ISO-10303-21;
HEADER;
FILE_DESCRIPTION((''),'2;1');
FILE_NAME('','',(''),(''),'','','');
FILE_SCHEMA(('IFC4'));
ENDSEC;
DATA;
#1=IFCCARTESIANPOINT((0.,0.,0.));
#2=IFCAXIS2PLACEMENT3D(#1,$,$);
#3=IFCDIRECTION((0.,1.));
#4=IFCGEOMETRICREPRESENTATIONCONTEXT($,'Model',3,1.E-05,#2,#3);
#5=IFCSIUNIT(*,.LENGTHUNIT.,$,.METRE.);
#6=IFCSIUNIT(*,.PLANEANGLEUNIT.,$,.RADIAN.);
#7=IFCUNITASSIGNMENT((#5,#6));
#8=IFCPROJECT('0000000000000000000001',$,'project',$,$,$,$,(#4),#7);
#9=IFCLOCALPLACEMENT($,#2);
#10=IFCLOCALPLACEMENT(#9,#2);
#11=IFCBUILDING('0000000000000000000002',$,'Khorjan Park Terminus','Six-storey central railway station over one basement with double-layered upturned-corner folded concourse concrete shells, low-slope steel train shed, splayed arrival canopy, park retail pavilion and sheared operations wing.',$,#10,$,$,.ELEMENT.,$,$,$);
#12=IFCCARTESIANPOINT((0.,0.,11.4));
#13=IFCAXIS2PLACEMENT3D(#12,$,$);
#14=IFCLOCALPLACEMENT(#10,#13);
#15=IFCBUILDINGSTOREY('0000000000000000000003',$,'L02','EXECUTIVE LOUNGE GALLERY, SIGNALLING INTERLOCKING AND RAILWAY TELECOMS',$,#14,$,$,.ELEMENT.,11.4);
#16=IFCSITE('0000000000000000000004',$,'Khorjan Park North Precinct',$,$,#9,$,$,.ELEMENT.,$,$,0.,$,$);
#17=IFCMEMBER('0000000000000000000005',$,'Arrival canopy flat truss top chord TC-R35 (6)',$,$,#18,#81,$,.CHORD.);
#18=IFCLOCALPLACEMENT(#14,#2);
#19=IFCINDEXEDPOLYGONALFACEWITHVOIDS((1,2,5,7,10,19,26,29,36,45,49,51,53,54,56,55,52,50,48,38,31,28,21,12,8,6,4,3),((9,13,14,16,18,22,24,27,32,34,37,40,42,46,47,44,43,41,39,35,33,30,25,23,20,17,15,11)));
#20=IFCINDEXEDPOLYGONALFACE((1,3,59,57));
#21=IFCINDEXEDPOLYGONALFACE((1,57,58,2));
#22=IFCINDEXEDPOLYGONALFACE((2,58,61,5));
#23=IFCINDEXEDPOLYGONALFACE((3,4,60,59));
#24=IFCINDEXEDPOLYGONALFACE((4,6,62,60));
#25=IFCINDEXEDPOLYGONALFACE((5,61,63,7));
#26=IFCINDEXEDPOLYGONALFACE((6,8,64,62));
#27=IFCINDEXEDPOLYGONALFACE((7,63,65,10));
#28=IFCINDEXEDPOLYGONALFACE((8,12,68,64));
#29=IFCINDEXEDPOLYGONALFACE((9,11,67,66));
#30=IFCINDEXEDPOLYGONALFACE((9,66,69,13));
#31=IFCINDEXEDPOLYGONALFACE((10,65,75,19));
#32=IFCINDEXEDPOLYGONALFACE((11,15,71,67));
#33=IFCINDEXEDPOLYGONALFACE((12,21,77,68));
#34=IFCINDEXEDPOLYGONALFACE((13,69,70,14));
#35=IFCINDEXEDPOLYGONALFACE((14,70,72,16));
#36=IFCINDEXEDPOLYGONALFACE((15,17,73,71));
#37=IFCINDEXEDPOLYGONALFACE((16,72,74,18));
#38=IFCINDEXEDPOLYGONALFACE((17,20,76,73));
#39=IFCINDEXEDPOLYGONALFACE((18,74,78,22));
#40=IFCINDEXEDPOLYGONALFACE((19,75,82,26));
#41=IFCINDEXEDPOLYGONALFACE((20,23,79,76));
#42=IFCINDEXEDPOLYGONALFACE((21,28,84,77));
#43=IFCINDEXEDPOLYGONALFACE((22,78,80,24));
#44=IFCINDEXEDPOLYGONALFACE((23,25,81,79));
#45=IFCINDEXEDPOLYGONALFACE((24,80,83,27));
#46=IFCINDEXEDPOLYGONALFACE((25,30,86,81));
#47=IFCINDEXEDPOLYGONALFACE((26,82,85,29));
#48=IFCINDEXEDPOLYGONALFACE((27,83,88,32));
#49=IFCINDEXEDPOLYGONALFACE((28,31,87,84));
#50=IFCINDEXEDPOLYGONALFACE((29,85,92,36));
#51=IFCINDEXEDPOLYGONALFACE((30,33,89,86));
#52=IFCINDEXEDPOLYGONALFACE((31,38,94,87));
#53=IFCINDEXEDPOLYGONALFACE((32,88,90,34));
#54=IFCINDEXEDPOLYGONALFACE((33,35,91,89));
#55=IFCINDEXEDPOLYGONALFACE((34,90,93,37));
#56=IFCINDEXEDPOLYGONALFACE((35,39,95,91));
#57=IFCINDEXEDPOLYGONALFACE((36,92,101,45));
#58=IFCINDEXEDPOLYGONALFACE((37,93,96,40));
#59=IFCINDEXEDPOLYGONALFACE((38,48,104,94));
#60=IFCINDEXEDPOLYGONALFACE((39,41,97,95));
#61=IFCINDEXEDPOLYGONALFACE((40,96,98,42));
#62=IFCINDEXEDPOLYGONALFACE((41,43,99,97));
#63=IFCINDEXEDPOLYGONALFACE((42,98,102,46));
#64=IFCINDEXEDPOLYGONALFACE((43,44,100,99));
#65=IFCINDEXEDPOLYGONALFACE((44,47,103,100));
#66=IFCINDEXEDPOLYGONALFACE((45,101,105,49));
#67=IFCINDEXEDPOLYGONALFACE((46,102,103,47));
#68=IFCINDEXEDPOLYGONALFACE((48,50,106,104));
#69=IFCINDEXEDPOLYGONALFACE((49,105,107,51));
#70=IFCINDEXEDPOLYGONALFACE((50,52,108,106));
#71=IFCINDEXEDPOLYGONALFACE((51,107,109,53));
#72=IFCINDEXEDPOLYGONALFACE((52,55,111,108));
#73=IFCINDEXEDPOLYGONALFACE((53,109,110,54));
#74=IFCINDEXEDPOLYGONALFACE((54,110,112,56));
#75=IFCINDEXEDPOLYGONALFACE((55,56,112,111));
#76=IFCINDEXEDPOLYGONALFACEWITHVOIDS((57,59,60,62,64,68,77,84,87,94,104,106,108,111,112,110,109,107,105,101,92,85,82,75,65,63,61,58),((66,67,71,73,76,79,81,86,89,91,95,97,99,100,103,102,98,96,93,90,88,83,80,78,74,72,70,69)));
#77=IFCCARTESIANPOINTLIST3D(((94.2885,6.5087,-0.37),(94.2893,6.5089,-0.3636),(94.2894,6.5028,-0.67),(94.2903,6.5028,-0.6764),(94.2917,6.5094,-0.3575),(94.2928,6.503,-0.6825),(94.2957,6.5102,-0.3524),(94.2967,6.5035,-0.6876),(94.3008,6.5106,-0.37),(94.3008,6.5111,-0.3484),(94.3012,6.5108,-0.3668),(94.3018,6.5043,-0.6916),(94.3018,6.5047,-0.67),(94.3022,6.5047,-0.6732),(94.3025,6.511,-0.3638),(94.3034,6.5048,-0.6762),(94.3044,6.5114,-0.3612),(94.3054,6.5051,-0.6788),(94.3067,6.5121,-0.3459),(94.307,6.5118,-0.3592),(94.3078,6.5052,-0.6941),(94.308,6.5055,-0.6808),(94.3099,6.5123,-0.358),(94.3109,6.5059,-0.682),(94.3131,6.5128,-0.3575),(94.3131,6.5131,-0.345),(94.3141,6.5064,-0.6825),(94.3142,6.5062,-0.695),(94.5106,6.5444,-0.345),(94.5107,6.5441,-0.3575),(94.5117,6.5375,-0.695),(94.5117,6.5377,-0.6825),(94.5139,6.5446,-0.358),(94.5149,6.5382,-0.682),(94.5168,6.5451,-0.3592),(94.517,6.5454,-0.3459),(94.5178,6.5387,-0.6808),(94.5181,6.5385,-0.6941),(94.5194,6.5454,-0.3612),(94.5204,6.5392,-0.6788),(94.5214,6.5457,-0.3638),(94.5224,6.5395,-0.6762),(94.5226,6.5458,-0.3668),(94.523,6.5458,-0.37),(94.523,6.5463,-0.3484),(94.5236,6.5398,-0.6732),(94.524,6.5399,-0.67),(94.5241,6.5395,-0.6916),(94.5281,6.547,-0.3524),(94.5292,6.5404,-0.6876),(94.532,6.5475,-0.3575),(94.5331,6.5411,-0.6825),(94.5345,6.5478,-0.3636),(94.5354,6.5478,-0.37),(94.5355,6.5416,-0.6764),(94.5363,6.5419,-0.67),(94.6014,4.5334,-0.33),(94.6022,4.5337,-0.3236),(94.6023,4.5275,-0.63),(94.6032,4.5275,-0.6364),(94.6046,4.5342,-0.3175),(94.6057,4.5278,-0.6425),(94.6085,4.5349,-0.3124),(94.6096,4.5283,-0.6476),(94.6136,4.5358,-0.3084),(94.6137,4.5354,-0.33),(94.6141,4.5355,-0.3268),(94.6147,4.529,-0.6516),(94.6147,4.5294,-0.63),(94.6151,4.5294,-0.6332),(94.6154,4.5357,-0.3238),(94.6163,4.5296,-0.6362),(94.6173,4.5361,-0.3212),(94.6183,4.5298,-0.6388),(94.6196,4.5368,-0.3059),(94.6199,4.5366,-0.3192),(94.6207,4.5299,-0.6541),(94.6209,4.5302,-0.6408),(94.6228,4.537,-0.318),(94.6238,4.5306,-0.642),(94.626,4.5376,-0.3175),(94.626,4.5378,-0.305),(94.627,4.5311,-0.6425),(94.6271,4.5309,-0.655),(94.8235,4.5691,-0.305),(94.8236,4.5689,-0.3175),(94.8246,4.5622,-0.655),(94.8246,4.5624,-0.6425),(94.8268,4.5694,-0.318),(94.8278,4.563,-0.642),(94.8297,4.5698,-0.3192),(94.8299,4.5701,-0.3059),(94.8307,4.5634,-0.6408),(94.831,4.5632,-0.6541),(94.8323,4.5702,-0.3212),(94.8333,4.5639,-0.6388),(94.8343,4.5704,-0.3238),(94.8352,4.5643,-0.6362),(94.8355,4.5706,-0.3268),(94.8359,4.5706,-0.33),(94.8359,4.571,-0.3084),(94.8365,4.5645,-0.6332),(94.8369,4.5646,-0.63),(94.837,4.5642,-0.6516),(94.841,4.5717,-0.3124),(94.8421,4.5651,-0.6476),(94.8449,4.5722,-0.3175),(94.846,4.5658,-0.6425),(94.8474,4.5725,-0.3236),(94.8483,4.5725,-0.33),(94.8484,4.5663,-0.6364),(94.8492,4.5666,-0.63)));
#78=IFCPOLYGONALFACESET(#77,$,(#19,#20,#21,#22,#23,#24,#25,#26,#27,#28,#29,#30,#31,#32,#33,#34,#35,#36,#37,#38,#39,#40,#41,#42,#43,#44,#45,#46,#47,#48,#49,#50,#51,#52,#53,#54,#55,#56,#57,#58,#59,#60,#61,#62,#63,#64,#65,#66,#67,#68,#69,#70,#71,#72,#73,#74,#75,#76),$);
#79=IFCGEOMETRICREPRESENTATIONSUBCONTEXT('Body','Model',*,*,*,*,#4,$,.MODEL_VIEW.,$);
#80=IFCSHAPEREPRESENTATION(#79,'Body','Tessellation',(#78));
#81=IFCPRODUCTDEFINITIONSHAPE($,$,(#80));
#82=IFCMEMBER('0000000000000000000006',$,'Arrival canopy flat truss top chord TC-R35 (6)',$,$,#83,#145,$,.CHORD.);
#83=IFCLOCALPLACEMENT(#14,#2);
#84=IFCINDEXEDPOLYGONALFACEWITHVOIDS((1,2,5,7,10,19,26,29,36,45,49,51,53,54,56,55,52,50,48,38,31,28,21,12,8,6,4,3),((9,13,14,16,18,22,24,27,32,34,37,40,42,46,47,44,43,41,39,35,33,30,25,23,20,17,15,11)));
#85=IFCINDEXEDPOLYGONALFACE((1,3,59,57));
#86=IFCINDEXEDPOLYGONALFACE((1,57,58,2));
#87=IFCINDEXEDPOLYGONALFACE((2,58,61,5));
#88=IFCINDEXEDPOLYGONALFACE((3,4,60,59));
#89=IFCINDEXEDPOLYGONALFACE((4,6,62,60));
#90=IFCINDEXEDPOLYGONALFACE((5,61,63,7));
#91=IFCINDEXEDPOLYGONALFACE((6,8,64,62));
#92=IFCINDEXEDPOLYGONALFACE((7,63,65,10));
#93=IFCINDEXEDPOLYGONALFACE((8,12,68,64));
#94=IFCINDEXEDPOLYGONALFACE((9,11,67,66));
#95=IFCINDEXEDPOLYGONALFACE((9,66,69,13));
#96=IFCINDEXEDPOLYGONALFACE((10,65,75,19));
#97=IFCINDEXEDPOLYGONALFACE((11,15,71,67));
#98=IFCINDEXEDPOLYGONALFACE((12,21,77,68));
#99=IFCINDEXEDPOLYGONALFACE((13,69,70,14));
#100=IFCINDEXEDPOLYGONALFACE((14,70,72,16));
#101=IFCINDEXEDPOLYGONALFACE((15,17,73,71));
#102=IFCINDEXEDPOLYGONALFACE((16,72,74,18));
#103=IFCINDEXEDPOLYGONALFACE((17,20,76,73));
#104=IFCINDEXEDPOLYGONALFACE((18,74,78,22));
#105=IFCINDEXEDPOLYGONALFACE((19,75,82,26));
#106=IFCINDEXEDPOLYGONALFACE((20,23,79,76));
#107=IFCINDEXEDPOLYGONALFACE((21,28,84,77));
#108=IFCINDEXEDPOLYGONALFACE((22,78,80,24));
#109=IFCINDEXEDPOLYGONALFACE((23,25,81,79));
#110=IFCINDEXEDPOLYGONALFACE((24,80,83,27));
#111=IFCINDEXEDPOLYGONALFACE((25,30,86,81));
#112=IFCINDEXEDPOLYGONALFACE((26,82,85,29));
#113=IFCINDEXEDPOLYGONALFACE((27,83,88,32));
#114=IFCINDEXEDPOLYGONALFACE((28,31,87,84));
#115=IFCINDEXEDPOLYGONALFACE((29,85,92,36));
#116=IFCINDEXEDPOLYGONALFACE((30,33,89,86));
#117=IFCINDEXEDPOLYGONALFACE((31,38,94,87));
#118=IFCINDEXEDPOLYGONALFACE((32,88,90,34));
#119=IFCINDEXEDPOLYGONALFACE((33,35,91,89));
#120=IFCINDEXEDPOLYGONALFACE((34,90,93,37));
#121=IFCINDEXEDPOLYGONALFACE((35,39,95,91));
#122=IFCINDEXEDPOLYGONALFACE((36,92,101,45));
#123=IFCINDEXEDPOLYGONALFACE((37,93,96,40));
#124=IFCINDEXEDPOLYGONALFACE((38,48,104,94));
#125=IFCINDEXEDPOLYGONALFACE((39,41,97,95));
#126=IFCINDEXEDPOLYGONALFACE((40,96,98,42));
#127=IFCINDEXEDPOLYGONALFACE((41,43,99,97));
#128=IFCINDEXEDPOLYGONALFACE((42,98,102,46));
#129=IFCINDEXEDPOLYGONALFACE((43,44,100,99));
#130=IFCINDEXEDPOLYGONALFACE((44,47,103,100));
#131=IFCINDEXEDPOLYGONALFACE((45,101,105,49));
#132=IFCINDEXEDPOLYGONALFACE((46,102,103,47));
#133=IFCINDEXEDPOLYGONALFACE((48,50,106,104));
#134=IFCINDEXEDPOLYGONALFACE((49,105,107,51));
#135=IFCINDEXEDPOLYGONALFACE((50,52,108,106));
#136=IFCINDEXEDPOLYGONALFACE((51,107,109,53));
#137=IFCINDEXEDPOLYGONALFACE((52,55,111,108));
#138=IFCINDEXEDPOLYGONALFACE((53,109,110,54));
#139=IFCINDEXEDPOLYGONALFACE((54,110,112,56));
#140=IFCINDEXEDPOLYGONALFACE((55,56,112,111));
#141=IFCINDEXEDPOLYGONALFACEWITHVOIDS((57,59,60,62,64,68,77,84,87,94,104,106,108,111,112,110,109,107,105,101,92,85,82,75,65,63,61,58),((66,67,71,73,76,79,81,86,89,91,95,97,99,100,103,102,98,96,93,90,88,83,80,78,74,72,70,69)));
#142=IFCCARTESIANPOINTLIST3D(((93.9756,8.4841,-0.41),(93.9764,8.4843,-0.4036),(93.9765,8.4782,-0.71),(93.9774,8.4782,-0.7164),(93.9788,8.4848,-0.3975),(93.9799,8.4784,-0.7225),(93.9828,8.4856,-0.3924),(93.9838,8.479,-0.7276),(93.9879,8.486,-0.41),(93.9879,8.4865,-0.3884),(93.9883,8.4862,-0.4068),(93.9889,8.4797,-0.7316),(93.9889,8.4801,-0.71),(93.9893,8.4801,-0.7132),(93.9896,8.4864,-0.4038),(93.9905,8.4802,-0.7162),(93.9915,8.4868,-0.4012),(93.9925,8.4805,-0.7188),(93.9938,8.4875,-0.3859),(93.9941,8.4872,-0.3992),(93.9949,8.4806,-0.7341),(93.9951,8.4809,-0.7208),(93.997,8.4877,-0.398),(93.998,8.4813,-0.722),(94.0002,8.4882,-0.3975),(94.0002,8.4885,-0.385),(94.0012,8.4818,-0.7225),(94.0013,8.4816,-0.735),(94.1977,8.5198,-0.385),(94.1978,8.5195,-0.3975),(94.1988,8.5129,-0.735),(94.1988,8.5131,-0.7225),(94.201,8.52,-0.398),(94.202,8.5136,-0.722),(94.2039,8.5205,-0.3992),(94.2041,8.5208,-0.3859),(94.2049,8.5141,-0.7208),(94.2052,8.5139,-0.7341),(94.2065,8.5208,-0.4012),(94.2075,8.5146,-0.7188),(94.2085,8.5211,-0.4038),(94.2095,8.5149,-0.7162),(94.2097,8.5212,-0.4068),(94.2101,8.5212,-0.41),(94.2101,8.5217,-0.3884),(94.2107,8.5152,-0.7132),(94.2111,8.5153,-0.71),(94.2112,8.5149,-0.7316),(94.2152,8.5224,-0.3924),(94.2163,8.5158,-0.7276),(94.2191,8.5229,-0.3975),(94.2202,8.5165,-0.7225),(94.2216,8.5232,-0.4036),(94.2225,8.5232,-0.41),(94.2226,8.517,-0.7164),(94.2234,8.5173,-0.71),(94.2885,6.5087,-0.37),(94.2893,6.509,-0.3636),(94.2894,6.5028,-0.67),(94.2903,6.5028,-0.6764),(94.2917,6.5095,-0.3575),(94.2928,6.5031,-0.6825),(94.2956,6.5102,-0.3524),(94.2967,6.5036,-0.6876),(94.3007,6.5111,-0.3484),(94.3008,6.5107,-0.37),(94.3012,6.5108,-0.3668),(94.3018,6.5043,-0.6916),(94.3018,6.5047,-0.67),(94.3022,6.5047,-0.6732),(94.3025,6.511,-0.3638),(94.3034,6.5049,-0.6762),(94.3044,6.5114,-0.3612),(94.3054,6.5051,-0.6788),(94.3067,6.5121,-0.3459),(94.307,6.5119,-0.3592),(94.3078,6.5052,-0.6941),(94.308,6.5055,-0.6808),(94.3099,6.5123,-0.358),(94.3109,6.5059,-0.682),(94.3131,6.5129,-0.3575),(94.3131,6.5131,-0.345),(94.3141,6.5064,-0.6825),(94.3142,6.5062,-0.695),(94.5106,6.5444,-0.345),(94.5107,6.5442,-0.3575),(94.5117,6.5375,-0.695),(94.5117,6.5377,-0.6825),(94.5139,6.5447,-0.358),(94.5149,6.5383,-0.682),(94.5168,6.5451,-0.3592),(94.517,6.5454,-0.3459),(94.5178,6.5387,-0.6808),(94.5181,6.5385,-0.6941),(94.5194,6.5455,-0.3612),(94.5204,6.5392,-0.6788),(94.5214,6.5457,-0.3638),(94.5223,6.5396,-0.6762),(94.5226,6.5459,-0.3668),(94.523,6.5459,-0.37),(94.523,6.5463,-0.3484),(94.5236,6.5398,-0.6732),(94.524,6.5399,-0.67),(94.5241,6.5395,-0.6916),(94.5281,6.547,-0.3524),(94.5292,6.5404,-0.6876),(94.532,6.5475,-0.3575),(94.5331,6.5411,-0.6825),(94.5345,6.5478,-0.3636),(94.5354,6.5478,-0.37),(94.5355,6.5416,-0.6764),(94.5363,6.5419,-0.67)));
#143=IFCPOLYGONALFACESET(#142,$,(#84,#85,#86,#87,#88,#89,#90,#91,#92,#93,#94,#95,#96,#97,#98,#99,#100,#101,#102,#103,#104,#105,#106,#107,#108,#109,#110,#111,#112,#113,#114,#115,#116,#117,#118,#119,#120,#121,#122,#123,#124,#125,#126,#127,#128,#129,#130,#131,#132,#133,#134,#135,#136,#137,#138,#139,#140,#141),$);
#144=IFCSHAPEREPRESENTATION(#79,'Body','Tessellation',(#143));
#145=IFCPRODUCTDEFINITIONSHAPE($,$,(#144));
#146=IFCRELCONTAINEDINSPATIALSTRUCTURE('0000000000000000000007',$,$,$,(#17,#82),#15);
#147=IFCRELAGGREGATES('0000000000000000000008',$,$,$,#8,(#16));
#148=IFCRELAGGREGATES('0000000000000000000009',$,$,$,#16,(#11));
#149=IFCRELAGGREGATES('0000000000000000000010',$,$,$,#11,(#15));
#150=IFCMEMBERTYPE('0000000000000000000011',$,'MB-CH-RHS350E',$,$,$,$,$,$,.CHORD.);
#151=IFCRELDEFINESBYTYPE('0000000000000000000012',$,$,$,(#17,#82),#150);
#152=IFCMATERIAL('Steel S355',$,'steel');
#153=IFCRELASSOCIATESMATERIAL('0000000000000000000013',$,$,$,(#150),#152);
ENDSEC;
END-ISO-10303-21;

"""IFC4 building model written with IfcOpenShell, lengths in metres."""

from ifc_helpers import new_model, si_unit, direction, frame, origin, origin_2d, place, context, subcontext, project, spatial, hollow_rectangle, extrude, material, material_profile, profile_set, type_object, element, save


model = new_model("IFC4")

# Units and contexts
model_context = context("Model", 3, precision=1e-05, world=origin(), true_north=direction((0.0, 1.0)))
body_context = subcontext(model_context, "Body", "Model", "MODEL_VIEW")
ifc_project = project(units=[si_unit("LENGTHUNIT", "METRE"), si_unit("PLANEANGLEUNIT", "RADIAN")], contexts=[model_context])

# Site, building, storey
site_placement = place(None, origin())
site = spatial("IfcSite", under=ifc_project, at=site_placement, Name="Khorjan Park North Precinct", CompositionType="ELEMENT", RefElevation=0.0)
building_placement = place(site_placement, origin())
building = spatial("IfcBuilding", under=site, at=building_placement, Name="Khorjan Park Terminus", Description="Six-storey central railway station over one basement with double-layered upturned-corner folded concourse concrete shells, low-slope steel train shed, splayed arrival canopy, park retail pavilion and sheared operations wing.", CompositionType="ELEMENT")
storey_placement = place(building_placement, frame((0.0, 0.0, 11.4)))
storey = spatial("IfcBuildingStorey", under=building, at=storey_placement, Name="L02", Description="EXECUTIVE LOUNGE GALLERY, SIGNALLING INTERLOCKING AND RAILWAY TELECOMS", CompositionType="ELEMENT", Elevation=11.4)

# Members
ifc_material = material(Name="Steel S355", Category="steel")
ifc_material_profile_1 = material_profile(ifc_material, hollow_rectangle(XDim=0.25, YDim=0.35, WallThickness=0.0125, InnerFilletRadius=0.0125, OuterFilletRadius=0.025, at=origin_2d()), Name="RHS 350x250x12.5")
ifc_profile_set_1 = profile_set([ifc_material_profile_1], Name="Steel S355")
member_type_1 = type_object("IfcMemberType", Name="MB-CH-RHS350E", PredefinedType="CHORD", material=ifc_profile_set_1)
member_1_placement = place(storey_placement, frame((94.7253, 4.55, -0.48), z_axis=(-0.156424, 0.987488, -0.019997), x_axis=(-0.987685, -0.156456, 0.0)))
element("IfcMember", 1, at=member_1_placement, inside=storey, type_object=member_type_1, Name="Arrival canopy flat truss top chord TC-R35 (6)", PredefinedType="CHORD", context=body_context, shape_type="SweptSolid", body=[
    extrude(hollow_rectangle(XDim=0.25, YDim=0.35, WallThickness=0.0125, InnerFilletRadius=0.0125, OuterFilletRadius=0.025, at=origin_2d()), origin(), (0.0, 0.0, 1.0), 2.0003),
])
for number, where, z_axis, x_axis, name in (
    (2, (94.4124, 6.5253, -0.52), (-0.156417, 0.987489, -0.019996), (-0.987686, -0.156448, 0.0), "Arrival canopy flat truss top chord TC-R35 (6)"),
):
    element("IfcMember", number, at=place(storey_placement, frame(where, z_axis=z_axis, x_axis=x_axis)), inside=storey, type_object=member_type_1, Name=name, PredefinedType="CHORD", context=body_context, shape_type="SweptSolid", body=[
        extrude(hollow_rectangle(XDim=0.25, YDim=0.35, WallThickness=0.0125, InnerFilletRadius=0.0125, OuterFilletRadius=0.025, at=origin_2d()), origin(), (0.0, 0.0, 1.0), 2.0004),
    ])

save(model, "model.ifc")
